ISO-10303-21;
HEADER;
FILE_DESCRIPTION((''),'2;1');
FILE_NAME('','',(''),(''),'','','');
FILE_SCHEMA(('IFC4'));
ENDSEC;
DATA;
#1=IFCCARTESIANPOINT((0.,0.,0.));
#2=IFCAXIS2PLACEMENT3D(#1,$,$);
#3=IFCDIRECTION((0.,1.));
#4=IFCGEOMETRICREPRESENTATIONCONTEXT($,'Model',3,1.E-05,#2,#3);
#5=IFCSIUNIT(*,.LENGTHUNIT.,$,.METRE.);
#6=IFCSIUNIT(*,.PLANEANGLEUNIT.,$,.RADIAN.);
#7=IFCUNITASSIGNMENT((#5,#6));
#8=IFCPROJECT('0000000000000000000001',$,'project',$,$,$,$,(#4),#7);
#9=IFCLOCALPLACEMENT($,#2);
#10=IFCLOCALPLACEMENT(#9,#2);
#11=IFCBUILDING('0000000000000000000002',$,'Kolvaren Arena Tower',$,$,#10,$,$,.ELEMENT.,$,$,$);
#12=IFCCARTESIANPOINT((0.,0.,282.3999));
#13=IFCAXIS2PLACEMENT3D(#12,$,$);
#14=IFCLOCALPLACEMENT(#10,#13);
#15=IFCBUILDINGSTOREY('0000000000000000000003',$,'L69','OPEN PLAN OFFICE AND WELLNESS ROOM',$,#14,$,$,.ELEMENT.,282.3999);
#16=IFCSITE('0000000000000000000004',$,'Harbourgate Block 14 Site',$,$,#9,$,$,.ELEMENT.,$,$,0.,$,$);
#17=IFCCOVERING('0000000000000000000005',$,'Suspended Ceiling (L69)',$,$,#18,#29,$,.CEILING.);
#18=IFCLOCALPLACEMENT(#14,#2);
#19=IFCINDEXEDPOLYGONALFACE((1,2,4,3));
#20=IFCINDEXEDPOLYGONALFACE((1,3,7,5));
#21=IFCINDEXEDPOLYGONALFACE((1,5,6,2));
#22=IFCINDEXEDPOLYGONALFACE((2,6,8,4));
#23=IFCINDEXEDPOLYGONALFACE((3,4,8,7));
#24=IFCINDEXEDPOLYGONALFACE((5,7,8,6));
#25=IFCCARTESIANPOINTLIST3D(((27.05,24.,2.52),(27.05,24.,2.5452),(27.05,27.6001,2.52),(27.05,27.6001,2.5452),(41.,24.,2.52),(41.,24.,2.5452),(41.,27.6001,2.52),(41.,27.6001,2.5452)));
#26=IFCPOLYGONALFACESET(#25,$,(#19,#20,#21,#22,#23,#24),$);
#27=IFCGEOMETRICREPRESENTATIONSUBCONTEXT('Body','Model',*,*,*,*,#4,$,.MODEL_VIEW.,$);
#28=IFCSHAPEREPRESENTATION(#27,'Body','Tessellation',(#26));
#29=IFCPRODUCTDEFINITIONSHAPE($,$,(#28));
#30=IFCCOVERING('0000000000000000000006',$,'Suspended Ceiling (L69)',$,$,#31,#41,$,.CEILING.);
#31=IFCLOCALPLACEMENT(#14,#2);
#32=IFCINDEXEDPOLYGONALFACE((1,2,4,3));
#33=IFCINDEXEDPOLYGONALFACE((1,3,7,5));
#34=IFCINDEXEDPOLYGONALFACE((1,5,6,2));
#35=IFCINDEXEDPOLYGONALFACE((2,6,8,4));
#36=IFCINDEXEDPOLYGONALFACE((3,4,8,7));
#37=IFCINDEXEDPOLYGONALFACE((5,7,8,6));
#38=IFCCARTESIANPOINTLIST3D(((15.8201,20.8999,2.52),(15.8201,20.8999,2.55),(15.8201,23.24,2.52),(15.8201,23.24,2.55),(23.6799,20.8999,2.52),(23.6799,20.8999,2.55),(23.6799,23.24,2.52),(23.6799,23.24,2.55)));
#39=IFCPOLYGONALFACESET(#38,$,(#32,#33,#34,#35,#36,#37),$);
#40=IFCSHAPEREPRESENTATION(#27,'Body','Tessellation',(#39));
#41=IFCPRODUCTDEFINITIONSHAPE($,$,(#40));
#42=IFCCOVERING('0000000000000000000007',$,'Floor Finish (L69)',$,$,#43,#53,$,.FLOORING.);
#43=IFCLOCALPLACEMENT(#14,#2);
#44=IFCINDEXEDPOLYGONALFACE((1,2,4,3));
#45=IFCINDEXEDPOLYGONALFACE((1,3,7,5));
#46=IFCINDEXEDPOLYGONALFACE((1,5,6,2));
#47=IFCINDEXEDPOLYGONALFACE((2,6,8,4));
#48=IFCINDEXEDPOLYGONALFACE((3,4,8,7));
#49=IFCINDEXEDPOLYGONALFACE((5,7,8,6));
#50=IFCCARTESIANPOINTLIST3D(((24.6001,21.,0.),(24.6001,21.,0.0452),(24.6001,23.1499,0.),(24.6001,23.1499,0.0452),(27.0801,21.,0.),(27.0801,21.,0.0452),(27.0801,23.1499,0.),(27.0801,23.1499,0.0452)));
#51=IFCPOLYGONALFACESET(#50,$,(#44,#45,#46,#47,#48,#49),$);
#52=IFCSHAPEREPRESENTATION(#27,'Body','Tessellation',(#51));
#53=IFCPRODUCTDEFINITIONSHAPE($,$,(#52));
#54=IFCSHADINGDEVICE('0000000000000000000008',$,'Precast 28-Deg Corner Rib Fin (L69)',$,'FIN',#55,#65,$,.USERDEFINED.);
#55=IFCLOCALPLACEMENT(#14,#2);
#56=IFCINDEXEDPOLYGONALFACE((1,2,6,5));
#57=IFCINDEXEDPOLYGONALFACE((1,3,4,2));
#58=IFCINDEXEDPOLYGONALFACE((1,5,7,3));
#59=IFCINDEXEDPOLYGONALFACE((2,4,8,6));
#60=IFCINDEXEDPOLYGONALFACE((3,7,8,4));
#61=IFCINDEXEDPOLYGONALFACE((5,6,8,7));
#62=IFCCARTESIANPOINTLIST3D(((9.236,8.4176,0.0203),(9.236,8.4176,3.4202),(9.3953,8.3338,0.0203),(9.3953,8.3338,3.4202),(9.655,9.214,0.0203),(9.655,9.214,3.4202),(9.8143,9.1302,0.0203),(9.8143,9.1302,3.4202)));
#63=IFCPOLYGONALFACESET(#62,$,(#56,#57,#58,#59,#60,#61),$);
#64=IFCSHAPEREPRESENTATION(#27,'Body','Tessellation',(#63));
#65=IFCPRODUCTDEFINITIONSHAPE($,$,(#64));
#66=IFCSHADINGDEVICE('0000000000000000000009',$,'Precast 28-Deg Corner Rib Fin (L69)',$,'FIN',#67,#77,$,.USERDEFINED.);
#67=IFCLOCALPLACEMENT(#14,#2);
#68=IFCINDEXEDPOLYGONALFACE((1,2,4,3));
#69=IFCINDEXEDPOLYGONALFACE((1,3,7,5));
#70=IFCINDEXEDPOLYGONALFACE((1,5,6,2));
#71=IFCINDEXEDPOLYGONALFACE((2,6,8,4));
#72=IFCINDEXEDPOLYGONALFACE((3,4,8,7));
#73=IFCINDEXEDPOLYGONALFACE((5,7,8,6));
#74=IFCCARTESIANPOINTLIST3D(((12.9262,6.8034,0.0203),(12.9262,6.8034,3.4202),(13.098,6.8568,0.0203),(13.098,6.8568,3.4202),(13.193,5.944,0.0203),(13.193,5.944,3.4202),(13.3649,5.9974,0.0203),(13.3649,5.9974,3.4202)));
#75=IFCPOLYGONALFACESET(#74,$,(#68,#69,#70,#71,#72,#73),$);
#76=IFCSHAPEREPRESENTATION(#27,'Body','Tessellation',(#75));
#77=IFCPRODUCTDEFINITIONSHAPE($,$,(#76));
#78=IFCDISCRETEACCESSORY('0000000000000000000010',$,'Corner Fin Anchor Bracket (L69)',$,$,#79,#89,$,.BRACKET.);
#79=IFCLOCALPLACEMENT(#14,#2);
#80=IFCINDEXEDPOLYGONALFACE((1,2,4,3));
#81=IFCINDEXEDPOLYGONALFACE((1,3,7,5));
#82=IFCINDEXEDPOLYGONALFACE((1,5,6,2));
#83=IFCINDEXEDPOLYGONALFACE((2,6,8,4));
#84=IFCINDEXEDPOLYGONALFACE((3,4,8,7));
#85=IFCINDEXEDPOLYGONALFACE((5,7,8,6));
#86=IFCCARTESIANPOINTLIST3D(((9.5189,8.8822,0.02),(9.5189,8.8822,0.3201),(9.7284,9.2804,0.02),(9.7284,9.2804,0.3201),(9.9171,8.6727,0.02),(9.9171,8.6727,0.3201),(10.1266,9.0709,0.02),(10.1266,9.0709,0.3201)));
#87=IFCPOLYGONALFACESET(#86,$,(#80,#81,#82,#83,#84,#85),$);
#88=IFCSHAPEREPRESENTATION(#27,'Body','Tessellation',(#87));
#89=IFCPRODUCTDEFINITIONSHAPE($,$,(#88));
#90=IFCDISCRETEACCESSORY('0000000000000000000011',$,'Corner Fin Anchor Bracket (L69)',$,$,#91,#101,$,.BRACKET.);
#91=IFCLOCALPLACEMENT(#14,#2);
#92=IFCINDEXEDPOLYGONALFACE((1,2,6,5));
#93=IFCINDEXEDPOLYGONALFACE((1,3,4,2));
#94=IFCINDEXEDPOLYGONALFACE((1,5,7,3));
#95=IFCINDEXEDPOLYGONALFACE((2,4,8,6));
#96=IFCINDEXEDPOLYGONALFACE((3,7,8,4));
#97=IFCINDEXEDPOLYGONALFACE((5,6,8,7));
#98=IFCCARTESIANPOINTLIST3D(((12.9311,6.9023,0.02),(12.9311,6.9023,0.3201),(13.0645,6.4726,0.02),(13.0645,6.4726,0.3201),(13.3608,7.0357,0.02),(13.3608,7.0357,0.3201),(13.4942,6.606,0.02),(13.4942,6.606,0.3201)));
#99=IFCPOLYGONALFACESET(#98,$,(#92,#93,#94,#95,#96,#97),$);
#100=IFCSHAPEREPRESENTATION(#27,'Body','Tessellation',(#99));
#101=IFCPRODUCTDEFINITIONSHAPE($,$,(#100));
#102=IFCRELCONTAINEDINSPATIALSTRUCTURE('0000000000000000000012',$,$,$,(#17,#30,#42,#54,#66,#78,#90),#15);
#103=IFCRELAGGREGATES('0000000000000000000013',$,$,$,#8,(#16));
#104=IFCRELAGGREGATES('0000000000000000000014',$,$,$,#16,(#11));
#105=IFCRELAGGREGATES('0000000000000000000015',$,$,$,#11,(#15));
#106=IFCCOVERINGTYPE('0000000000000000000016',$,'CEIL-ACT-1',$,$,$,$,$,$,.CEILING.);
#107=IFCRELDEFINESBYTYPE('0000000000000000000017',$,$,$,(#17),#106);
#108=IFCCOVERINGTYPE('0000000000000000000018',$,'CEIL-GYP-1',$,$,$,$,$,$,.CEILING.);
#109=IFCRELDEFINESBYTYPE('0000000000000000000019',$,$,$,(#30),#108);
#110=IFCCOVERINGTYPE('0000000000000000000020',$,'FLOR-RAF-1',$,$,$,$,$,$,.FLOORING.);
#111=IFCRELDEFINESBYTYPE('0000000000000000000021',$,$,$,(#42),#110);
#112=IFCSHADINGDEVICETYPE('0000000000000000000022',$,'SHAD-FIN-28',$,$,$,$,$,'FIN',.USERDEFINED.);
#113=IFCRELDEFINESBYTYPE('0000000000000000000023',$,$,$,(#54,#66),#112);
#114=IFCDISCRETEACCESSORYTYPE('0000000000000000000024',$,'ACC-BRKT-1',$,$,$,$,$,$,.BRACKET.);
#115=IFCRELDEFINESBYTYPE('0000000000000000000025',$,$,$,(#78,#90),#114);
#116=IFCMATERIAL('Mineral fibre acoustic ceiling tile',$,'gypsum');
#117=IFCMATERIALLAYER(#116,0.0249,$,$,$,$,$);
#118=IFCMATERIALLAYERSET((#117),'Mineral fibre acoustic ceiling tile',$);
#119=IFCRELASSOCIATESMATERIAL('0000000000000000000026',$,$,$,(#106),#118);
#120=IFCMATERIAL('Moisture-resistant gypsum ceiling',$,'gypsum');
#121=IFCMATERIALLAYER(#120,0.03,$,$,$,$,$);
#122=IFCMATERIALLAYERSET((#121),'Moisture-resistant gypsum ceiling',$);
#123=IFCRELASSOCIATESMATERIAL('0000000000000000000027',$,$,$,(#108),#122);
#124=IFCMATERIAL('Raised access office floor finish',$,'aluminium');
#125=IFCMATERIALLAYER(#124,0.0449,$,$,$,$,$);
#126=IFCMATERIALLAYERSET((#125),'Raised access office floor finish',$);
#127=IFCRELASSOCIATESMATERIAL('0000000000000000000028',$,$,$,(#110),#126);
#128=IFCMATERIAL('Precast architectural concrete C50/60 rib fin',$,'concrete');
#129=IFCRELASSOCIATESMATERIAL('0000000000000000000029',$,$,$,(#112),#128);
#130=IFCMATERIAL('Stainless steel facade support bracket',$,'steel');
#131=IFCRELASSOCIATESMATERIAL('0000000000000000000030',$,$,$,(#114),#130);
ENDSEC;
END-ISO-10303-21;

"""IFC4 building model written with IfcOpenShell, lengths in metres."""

from ifc_helpers import new_model, si_unit, direction, frame, origin, origin_2d, place, context, subcontext, project, spatial, polyline, rectangle, outline, extrude, material, layer, layer_set, type_object, element, save


model = new_model("IFC4")

# Units and contexts
model_context = context("Model", 3, precision=1e-05, world=origin(), true_north=direction((0.0, 1.0)))
body_context = subcontext(model_context, "Body", "Model", "MODEL_VIEW")
ifc_project = project(units=[si_unit("LENGTHUNIT", "METRE"), si_unit("PLANEANGLEUNIT", "RADIAN")], contexts=[model_context])

# Site, building, storey
site_placement = place(None, origin())
site = spatial("IfcSite", under=ifc_project, at=site_placement, Name="Harbourgate Block 14 Site", CompositionType="ELEMENT", RefElevation=0.0)
building_placement = place(site_placement, origin())
building = spatial("IfcBuilding", under=site, at=building_placement, Name="Kolvaren Arena Tower", CompositionType="ELEMENT")
storey_placement = place(building_placement, frame((0.0, 0.0, 282.3999)))
storey = spatial("IfcBuildingStorey", under=building, at=storey_placement, Name="L69", Description="OPEN PLAN OFFICE AND WELLNESS ROOM", CompositionType="ELEMENT", Elevation=282.3999)

# Coverings
ifc_material_1 = material(Name="Mineral fibre acoustic ceiling tile", Category="gypsum")
ifc_layer_1 = layer(ifc_material_1, 0.0249)
ifc_layer_set_1 = layer_set([ifc_layer_1], Name="Mineral fibre acoustic ceiling tile")
covering_type_1 = type_object("IfcCoveringType", Name="CEIL-ACT-1", PredefinedType="CEILING", material=ifc_layer_set_1)
covering_1_placement = place(storey_placement, frame((0.0, 0.0, 2.52)))
element("IfcCovering", 1, at=covering_1_placement, inside=storey, type_object=covering_type_1, Name="Suspended Ceiling (L69)", PredefinedType="CEILING", context=body_context, shape_type="SweptSolid", body=[
    extrude(outline(polyline([(27.05, 24.0), (27.05, 27.6001), (41.0, 27.6001), (41.0, 24.0), (27.05, 24.0)])), origin(), (0.0, 0.0, 1.0), 0.0251),
])
ifc_material_2 = material(Name="Moisture-resistant gypsum ceiling", Category="gypsum")
ifc_layer_2 = layer(ifc_material_2, 0.03)
ifc_layer_set_2 = layer_set([ifc_layer_2], Name="Moisture-resistant gypsum ceiling")
covering_type_2 = type_object("IfcCoveringType", Name="CEIL-GYP-1", PredefinedType="CEILING", material=ifc_layer_set_2)
covering_2_placement = place(storey_placement, frame((0.0, 0.0, 2.52)))
element("IfcCovering", 2, at=covering_2_placement, inside=storey, type_object=covering_type_2, Name="Suspended Ceiling (L69)", PredefinedType="CEILING", context=body_context, shape_type="SweptSolid", body=[
    extrude(outline(polyline([(15.8201, 20.8999), (15.8201, 23.24), (23.6799, 23.24), (23.6799, 20.8999), (15.8201, 20.8999)])), origin(), (0.0, 0.0, 1.0), 0.03),
])
ifc_material_3 = material(Name="Raised access office floor finish", Category="aluminium")
ifc_layer_3 = layer(ifc_material_3, 0.0449)
ifc_layer_set_3 = layer_set([ifc_layer_3], Name="Raised access office floor finish")
covering_type_3 = type_object("IfcCoveringType", Name="FLOR-RAF-1", PredefinedType="FLOORING", material=ifc_layer_set_3)
covering_3_placement = place(storey_placement, origin())
element("IfcCovering", 3, at=covering_3_placement, inside=storey, type_object=covering_type_3, Name="Floor Finish (L69)", PredefinedType="FLOORING", context=body_context, shape_type="SweptSolid", body=[
    extrude(outline(polyline([(24.6001, 21.0), (24.6001, 23.1499), (27.0801, 23.1499), (27.0801, 21.0), (24.6001, 21.0)])), origin(), (0.0, 0.0, 1.0), 0.0452),
])

# Shading devices
ifc_material_4 = material(Name="Precast architectural concrete C50/60 rib fin", Category="concrete")
shading_device_type = type_object("IfcShadingDeviceType", Name="SHAD-FIN-28", ElementType="FIN", PredefinedType="USERDEFINED", material=ifc_material_4)
for number, where, z_axis, x_axis, name in (
    (4, (9.5251, 8.7739, 0.0203), (0.0, 0.0, 1.0), (-0.465619, -0.884985, 0.0), "Precast 28-Deg Corner Rib Fin (L69)"),
    (5, (13.1455, 6.4004, 0.0203), (0.0, 0.0, 1.0), (0.296542, -0.95502, 0.0), "Precast 28-Deg Corner Rib Fin (L69)"),
):
    element("IfcShadingDevice", number, at=place(storey_placement, frame(where, z_axis=z_axis, x_axis=x_axis)), inside=storey, type_object=shading_device_type, Name=name, ObjectType="FIN", PredefinedType="USERDEFINED", context=body_context, shape_type="SweptSolid", body=[
        extrude(rectangle(XDim=0.8999, YDim=0.1799, at=origin_2d()), origin(), (0.0, 0.0, 1.0), 3.3999),
    ])

# Discrete accessories
ifc_material_5 = material(Name="Stainless steel facade support bracket", Category="steel")
discrete_accessory_type = type_object("IfcDiscreteAccessoryType", Name="ACC-BRKT-1", PredefinedType="BRACKET", material=ifc_material_5)
for number, where, z_axis, x_axis, name in (
    (6, (9.8228, 8.9766, 0.02), (0.0, 0.0, 1.0), (-0.465619, -0.884985, 0.0), "Corner Fin Anchor Bracket (L69)"),
    (7, (13.2126, 6.7542, 0.02), (0.0, 0.0, 1.0), (0.296542, -0.95502, 0.0), "Corner Fin Anchor Bracket (L69)"),
):
    element("IfcDiscreteAccessory", number, at=place(storey_placement, frame(where, z_axis=z_axis, x_axis=x_axis)), inside=storey, type_object=discrete_accessory_type, Name=name, PredefinedType="BRACKET", context=body_context, shape_type="SweptSolid", body=[
        extrude(rectangle(XDim=0.45, YDim=0.45, at=origin_2d()), origin(), (0.0, 0.0, 1.0), 0.3),
    ])

save(model, "model.ifc")
